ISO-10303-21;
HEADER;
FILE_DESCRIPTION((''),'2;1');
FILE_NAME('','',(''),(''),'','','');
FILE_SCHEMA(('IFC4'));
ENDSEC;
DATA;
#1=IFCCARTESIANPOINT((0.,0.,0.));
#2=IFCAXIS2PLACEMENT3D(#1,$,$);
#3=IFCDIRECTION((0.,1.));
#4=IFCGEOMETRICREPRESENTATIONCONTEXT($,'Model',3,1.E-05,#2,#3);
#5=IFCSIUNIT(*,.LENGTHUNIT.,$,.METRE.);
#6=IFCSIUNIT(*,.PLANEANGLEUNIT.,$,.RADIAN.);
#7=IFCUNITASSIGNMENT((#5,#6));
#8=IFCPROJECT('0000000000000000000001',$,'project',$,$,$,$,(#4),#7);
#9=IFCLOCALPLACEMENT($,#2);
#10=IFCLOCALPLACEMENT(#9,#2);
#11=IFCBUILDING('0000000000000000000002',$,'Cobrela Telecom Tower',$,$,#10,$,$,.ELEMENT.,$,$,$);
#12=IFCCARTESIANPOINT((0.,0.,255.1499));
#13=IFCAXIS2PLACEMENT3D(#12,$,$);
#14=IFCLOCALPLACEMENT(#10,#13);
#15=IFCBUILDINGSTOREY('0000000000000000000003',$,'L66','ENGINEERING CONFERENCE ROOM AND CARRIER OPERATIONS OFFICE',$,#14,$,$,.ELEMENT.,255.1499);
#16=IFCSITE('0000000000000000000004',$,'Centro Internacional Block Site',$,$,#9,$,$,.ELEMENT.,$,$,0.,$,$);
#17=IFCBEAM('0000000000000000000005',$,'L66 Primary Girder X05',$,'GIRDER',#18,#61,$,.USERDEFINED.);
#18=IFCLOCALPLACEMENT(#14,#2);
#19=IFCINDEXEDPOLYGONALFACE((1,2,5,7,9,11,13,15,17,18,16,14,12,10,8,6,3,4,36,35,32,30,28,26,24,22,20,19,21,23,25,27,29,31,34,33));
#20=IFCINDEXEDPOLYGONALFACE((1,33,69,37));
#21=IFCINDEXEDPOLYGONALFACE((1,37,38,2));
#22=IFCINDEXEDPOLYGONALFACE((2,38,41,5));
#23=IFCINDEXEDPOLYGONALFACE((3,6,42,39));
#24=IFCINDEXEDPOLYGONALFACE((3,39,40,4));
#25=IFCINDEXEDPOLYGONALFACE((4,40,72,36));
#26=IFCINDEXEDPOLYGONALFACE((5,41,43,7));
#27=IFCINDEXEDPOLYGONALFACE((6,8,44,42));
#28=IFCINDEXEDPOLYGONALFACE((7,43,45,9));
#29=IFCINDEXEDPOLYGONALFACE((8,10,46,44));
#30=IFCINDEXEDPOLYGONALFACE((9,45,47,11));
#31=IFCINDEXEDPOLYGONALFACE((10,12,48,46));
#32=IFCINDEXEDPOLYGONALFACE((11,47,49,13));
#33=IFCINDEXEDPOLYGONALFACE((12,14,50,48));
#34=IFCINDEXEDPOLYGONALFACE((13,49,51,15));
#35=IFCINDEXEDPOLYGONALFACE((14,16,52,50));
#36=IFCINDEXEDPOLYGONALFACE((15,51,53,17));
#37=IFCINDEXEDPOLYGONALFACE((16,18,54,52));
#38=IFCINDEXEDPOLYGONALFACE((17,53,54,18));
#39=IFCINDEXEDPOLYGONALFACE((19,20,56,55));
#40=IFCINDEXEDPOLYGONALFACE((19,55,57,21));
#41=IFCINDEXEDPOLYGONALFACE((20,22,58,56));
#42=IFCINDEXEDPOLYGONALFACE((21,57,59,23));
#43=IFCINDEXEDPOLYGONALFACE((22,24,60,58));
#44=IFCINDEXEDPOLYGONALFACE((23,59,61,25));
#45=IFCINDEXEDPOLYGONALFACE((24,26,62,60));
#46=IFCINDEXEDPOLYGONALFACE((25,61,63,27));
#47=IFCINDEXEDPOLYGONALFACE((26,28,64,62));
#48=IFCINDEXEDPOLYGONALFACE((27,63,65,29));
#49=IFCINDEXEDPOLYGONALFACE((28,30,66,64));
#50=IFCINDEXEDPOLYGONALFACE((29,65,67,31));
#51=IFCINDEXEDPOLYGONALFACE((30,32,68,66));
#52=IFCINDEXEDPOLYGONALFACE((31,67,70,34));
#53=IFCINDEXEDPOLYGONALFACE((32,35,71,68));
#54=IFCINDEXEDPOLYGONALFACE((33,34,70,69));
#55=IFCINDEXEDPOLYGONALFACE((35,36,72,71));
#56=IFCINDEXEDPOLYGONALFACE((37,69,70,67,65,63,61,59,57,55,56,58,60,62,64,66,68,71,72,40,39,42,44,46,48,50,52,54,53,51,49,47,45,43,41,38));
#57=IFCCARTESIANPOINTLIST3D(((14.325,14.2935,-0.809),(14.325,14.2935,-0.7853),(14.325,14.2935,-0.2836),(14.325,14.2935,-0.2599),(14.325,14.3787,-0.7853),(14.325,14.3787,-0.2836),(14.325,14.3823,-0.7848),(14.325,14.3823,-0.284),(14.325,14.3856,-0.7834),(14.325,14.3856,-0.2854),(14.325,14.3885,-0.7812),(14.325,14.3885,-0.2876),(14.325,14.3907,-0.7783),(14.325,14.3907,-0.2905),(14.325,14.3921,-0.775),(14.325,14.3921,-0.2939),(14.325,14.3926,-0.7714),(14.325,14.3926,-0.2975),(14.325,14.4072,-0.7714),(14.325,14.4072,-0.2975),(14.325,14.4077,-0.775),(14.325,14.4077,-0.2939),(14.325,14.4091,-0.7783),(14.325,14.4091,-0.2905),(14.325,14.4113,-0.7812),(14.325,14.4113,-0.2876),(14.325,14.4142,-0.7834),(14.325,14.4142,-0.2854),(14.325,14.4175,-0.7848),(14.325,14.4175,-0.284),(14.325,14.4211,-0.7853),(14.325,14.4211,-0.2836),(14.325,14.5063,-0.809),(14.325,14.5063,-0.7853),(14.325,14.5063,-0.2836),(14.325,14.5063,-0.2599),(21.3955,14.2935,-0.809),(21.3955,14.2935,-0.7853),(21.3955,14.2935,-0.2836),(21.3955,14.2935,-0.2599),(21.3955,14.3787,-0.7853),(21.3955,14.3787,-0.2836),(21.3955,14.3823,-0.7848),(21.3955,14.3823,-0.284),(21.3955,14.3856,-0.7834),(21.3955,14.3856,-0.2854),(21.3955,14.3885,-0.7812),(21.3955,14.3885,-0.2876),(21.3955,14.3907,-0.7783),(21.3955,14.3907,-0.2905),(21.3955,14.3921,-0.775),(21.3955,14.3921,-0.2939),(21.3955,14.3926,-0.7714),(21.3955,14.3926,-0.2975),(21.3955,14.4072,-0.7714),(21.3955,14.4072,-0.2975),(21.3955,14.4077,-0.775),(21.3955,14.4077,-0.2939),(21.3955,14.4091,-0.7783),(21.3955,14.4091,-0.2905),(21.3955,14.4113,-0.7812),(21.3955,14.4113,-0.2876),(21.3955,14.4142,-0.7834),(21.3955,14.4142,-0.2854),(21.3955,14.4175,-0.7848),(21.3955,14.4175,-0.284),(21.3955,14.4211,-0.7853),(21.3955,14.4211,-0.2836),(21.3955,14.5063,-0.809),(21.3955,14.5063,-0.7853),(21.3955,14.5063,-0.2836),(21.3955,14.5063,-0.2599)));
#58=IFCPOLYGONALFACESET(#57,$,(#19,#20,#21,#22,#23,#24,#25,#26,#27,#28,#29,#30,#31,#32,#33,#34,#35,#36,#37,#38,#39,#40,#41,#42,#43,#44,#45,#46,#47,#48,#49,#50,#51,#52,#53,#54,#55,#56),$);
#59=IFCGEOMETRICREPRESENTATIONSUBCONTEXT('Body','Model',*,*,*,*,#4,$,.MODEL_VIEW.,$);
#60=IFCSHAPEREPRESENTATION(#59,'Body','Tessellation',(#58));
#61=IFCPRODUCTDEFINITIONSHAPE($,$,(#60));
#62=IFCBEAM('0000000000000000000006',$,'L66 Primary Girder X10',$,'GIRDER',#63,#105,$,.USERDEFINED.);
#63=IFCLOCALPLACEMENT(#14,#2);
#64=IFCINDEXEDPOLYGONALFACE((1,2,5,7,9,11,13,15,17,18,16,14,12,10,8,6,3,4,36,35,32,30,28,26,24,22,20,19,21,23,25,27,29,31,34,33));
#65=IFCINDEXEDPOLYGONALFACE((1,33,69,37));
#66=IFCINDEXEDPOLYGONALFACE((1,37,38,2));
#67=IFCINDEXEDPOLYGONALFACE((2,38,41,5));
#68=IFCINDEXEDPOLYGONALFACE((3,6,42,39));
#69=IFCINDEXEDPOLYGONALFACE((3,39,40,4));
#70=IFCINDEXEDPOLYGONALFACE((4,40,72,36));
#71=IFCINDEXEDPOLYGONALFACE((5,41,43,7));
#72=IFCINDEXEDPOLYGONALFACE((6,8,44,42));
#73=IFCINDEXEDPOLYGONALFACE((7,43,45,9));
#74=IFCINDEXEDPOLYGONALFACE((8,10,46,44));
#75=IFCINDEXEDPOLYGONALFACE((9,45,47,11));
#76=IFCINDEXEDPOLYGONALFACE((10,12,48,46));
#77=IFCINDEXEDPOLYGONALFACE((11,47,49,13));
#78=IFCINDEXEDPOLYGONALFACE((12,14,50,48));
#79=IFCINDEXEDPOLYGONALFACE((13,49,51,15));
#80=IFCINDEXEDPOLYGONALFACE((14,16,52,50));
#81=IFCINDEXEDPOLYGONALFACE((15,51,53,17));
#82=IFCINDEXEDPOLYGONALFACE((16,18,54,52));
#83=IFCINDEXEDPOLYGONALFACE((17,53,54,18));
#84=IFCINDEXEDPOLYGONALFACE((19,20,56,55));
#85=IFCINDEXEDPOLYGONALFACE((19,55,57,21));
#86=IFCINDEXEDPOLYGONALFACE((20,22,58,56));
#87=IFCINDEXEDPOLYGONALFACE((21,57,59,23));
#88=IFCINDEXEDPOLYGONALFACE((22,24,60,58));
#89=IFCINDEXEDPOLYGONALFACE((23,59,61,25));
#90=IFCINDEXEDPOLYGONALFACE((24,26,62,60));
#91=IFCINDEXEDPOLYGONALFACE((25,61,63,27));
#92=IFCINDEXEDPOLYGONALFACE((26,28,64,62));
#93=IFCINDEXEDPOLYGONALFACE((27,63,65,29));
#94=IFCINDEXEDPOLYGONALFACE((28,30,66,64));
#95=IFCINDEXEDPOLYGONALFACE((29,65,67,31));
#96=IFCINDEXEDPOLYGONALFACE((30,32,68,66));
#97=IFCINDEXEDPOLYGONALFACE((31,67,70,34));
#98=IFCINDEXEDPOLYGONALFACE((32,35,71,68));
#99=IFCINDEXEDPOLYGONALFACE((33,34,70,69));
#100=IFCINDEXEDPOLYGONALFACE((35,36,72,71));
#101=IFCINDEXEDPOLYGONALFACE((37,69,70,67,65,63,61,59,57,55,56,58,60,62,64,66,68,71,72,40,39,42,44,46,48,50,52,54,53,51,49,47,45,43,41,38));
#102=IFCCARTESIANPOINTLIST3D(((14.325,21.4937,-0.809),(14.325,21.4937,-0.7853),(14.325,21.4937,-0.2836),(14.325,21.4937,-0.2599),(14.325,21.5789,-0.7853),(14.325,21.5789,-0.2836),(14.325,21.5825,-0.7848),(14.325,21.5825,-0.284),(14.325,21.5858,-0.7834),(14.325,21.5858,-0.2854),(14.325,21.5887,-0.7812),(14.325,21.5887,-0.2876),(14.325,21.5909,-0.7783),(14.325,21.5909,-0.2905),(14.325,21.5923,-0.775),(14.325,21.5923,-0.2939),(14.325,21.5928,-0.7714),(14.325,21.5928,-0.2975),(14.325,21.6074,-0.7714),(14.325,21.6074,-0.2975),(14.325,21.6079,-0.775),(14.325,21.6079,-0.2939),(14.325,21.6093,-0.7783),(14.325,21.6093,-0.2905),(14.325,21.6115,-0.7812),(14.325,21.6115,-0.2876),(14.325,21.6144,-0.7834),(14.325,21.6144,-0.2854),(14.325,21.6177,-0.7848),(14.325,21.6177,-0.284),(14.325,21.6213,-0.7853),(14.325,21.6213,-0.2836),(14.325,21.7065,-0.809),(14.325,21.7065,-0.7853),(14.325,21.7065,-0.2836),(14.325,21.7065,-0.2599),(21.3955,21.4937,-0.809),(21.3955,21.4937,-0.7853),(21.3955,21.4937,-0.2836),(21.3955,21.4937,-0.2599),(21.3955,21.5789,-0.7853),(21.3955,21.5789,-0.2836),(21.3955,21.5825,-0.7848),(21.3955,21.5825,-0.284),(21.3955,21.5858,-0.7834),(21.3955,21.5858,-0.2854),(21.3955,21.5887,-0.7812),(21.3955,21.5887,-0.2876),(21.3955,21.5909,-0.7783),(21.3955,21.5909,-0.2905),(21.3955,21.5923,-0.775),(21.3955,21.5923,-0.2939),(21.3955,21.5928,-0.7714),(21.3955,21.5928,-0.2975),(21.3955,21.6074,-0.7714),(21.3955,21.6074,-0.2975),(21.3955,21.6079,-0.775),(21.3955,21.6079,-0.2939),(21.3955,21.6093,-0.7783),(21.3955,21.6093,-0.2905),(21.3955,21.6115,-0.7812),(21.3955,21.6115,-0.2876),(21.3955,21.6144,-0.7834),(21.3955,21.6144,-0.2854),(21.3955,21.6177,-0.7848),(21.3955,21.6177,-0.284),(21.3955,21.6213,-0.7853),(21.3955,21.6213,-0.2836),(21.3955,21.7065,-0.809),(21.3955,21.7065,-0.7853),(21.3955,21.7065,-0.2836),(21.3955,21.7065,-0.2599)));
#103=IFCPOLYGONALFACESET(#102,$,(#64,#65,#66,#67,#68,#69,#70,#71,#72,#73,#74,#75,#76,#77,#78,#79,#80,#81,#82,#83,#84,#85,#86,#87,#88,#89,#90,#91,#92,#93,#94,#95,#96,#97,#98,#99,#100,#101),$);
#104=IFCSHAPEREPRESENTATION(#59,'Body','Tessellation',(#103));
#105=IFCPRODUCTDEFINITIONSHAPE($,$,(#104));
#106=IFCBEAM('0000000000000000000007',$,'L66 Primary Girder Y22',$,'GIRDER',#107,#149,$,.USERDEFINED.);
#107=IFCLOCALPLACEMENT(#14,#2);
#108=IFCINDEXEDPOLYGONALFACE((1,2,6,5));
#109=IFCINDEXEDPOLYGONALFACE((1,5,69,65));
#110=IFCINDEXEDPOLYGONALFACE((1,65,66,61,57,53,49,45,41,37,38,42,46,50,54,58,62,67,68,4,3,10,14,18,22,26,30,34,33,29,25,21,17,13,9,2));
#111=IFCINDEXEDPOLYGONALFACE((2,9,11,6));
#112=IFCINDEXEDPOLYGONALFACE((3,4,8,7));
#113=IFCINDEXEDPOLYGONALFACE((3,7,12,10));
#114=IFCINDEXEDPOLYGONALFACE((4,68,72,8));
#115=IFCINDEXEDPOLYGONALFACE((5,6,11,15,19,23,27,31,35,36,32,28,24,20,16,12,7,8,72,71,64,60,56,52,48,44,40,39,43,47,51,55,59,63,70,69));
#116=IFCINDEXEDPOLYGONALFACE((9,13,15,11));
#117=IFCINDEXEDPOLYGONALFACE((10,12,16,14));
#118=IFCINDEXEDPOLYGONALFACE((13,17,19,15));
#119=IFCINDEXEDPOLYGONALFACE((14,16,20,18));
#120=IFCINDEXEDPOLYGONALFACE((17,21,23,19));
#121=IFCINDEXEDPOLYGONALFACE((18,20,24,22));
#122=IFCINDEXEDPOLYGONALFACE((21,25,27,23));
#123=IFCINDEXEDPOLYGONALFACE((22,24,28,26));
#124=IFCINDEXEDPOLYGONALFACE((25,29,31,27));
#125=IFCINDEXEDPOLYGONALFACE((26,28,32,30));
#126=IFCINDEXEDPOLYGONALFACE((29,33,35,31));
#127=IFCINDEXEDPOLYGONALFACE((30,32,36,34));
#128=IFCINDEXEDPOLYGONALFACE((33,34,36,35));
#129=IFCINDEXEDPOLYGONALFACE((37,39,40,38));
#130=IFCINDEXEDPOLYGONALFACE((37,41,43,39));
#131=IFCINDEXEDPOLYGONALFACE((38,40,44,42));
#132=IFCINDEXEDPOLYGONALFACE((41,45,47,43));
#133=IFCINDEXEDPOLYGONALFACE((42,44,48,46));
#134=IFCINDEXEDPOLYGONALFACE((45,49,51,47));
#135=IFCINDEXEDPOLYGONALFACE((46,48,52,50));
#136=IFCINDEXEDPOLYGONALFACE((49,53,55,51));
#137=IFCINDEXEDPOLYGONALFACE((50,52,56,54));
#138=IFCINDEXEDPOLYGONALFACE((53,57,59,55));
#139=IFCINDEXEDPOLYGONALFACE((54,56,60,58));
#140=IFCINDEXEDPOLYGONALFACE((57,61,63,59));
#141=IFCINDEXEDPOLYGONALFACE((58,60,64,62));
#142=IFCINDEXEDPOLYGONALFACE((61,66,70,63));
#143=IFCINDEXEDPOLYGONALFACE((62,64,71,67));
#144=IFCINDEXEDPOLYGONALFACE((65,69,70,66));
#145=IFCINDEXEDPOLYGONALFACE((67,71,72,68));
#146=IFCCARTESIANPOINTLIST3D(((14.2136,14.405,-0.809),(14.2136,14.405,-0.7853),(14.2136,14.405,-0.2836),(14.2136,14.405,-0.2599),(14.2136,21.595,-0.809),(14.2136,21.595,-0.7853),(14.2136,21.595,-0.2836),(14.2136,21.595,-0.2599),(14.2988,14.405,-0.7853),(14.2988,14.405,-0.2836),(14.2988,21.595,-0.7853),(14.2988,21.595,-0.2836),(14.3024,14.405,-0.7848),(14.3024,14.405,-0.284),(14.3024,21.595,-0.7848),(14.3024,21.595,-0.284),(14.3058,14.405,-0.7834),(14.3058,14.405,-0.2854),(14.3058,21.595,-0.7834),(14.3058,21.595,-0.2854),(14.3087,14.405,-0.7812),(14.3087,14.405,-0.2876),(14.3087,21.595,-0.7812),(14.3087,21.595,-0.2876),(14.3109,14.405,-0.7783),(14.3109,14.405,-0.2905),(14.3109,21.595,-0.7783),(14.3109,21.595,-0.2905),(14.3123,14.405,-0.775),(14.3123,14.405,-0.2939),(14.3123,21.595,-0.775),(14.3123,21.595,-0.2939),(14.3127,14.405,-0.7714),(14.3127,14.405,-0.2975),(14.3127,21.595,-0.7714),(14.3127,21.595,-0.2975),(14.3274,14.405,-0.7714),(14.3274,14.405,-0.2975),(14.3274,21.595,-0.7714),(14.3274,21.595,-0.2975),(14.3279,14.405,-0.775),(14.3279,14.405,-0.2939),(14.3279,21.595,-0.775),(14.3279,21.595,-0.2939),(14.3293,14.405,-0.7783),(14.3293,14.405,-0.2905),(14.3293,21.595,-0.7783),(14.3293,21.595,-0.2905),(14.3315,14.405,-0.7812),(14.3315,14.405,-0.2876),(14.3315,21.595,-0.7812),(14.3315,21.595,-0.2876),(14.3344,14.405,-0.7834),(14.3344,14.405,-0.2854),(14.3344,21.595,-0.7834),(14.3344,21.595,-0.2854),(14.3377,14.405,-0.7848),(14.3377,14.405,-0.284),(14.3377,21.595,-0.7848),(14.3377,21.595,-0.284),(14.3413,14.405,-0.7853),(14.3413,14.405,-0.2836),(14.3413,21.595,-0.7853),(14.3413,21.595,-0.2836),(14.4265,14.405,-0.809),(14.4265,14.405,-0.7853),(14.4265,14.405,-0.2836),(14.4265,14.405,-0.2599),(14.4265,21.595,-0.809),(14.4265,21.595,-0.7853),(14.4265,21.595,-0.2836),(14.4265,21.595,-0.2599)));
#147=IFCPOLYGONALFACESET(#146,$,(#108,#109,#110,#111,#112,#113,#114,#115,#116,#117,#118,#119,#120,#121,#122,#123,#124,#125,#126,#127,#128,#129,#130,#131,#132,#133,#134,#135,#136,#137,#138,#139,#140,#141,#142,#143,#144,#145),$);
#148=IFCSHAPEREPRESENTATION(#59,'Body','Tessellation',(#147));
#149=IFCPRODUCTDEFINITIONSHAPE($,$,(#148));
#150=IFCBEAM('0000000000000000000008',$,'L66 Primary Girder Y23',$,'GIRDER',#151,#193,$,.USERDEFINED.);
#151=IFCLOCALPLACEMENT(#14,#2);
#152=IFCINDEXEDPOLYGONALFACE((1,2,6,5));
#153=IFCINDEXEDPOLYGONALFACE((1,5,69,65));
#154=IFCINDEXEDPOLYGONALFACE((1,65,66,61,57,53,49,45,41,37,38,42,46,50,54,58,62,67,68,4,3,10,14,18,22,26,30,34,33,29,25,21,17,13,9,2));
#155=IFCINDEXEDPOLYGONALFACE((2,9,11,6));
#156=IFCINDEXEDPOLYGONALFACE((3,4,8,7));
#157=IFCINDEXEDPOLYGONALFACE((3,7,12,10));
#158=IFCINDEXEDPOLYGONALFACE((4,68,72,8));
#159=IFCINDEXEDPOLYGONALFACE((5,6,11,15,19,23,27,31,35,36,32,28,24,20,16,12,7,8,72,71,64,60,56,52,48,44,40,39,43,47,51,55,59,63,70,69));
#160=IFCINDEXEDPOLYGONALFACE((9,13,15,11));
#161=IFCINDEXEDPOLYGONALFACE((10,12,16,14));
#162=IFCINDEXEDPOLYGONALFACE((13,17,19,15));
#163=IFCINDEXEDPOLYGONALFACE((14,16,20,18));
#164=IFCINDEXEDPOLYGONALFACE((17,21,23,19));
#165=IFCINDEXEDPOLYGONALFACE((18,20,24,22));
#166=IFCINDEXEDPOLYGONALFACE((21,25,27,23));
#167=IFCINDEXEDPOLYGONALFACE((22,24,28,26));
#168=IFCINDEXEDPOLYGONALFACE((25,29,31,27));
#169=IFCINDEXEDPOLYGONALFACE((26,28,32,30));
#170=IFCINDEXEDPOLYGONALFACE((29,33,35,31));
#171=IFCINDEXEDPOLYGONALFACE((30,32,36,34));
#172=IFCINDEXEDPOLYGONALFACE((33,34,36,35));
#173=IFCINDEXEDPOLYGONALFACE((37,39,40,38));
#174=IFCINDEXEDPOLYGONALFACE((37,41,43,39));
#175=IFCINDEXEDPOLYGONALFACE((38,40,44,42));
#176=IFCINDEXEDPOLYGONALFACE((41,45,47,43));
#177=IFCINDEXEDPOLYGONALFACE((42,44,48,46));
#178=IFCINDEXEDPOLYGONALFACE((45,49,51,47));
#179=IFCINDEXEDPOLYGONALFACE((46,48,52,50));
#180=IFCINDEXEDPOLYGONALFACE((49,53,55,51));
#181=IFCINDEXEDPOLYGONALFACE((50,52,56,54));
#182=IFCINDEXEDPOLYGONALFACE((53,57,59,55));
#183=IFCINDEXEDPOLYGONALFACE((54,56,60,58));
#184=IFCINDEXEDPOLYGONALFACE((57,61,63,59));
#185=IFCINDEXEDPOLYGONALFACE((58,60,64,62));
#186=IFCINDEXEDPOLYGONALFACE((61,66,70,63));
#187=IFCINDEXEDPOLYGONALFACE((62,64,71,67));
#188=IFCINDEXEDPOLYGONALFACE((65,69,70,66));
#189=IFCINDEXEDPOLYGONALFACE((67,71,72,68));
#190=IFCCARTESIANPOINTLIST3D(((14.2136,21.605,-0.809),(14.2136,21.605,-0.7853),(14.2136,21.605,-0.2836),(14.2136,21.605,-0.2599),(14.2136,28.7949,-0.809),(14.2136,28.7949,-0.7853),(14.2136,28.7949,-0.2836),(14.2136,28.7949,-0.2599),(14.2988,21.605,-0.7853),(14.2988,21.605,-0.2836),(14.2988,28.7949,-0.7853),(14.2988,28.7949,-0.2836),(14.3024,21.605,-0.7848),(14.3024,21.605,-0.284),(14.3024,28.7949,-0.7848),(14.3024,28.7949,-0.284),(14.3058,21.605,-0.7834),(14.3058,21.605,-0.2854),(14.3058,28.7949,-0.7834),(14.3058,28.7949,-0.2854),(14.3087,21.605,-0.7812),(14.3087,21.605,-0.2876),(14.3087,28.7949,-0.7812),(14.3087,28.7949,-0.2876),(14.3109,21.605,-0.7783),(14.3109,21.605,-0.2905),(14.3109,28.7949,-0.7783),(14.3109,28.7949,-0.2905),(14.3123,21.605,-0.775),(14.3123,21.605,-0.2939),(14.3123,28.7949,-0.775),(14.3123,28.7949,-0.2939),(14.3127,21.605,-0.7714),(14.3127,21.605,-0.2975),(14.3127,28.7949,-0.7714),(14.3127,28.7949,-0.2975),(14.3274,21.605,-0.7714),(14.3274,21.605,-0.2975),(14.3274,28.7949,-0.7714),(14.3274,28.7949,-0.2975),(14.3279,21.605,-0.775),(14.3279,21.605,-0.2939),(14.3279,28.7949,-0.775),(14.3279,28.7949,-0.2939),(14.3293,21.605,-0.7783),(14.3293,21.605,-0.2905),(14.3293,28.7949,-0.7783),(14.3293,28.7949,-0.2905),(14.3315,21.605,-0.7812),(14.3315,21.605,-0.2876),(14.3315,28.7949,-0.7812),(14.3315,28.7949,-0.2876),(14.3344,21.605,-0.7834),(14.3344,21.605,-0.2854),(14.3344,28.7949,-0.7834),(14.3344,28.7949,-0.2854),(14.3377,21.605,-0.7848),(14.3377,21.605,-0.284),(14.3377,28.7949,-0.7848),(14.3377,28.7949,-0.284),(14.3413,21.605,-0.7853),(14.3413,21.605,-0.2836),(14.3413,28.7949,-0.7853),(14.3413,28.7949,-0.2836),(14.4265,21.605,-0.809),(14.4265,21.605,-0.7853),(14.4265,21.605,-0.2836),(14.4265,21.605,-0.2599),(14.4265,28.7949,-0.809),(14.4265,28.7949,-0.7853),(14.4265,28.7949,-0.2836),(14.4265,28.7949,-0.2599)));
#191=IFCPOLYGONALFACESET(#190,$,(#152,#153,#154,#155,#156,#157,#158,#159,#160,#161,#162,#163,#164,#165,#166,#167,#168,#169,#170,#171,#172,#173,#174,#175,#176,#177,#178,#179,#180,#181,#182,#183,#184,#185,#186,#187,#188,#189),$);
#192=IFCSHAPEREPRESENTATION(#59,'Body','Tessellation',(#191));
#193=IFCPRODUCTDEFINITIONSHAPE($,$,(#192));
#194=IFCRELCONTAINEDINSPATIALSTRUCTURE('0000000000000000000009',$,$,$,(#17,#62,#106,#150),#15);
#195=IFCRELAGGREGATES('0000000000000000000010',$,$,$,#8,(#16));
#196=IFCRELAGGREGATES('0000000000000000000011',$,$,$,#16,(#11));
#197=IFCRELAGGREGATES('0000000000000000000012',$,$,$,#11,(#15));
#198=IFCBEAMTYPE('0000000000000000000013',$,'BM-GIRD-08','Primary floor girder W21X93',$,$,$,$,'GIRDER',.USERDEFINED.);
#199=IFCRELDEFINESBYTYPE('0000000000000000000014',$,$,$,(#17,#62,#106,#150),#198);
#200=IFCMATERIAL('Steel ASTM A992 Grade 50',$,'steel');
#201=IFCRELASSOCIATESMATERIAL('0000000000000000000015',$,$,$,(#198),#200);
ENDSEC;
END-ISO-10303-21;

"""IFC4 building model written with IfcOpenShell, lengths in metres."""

from ifc_helpers import new_model, si_unit, direction, frame, origin, origin_2d, place, context, subcontext, project, spatial, i_section, extrude, material, material_profile, profile_set, type_object, element, save


model = new_model("IFC4")

# Units and contexts
model_context = context("Model", 3, precision=1e-05, world=origin(), true_north=direction((0.0, 1.0)))
body_context = subcontext(model_context, "Body", "Model", "MODEL_VIEW")
ifc_project = project(units=[si_unit("LENGTHUNIT", "METRE"), si_unit("PLANEANGLEUNIT", "RADIAN")], contexts=[model_context])

# Site, building, storey
site_placement = place(None, origin())
site = spatial("IfcSite", under=ifc_project, at=site_placement, Name="Centro Internacional Block Site", CompositionType="ELEMENT", RefElevation=0.0)
building_placement = place(site_placement, origin())
building = spatial("IfcBuilding", under=site, at=building_placement, Name="Cobrela Telecom Tower", CompositionType="ELEMENT")
storey_placement = place(building_placement, frame((0.0, 0.0, 255.1499)))
storey = spatial("IfcBuildingStorey", under=building, at=storey_placement, Name="L66", Description="ENGINEERING CONFERENCE ROOM AND CARRIER OPERATIONS OFFICE", CompositionType="ELEMENT", Elevation=255.1499)

# Beams
ifc_material_1 = material(Name="Steel ASTM A992 Grade 50", Category="steel")
ifc_material_profile_1 = material_profile(ifc_material_1, i_section(OverallWidth=0.2129, OverallDepth=0.5491, WebThickness=0.0146, FlangeThickness=0.0237, FilletRadius=0.0139, at=origin_2d()), Name="W21X93")
ifc_profile_set_1 = profile_set([ifc_material_profile_1], Name="Steel ASTM A992 Grade 50")
beam_type_1 = type_object("IfcBeamType", Name="BM-GIRD-08", Description="Primary floor girder W21X93", ElementType="GIRDER", PredefinedType="USERDEFINED", material=ifc_profile_set_1)
for number, where, z_axis, x_axis, name in (
    (1, (14.325, 14.3999, -0.5344), (1.0, 0.0, 0.0), (0.0, 1.0, 0.0), "L66 Primary Girder X05"),
    (2, (14.325, 21.6001, -0.5344), (1.0, 0.0, 0.0), (0.0, 1.0, 0.0), "L66 Primary Girder X10"),
):
    element("IfcBeam", number, at=place(storey_placement, frame(where, z_axis=z_axis, x_axis=x_axis)), inside=storey, type_object=beam_type_1, Name=name, ObjectType="GIRDER", PredefinedType="USERDEFINED", context=body_context, shape_type="SweptSolid", body=[
        extrude(i_section(OverallWidth=0.2129, OverallDepth=0.5491, WebThickness=0.0146, FlangeThickness=0.0237, FilletRadius=0.0139, at=origin_2d()), origin(), (0.0, 0.0, 1.0), 7.0706),
    ])
for number, where, z_axis, x_axis, name in (
    (3, (14.3201, 14.405, -0.5344), (0.0, 1.0, 0.0), (-1.0, 0.0, 0.0), "L66 Primary Girder Y22"),
    (4, (14.3201, 21.605, -0.5344), (0.0, 1.0, 0.0), (-1.0, 0.0, 0.0), "L66 Primary Girder Y23"),
):
    element("IfcBeam", number, at=place(storey_placement, frame(where, z_axis=z_axis, x_axis=x_axis)), inside=storey, type_object=beam_type_1, Name=name, ObjectType="GIRDER", PredefinedType="USERDEFINED", context=body_context, shape_type="SweptSolid", body=[
        extrude(i_section(OverallWidth=0.2129, OverallDepth=0.5491, WebThickness=0.0146, FlangeThickness=0.0237, FilletRadius=0.0139, at=origin_2d()), origin(), (0.0, 0.0, 1.0), 7.1899),
    ])

save(model, "model.ifc")
